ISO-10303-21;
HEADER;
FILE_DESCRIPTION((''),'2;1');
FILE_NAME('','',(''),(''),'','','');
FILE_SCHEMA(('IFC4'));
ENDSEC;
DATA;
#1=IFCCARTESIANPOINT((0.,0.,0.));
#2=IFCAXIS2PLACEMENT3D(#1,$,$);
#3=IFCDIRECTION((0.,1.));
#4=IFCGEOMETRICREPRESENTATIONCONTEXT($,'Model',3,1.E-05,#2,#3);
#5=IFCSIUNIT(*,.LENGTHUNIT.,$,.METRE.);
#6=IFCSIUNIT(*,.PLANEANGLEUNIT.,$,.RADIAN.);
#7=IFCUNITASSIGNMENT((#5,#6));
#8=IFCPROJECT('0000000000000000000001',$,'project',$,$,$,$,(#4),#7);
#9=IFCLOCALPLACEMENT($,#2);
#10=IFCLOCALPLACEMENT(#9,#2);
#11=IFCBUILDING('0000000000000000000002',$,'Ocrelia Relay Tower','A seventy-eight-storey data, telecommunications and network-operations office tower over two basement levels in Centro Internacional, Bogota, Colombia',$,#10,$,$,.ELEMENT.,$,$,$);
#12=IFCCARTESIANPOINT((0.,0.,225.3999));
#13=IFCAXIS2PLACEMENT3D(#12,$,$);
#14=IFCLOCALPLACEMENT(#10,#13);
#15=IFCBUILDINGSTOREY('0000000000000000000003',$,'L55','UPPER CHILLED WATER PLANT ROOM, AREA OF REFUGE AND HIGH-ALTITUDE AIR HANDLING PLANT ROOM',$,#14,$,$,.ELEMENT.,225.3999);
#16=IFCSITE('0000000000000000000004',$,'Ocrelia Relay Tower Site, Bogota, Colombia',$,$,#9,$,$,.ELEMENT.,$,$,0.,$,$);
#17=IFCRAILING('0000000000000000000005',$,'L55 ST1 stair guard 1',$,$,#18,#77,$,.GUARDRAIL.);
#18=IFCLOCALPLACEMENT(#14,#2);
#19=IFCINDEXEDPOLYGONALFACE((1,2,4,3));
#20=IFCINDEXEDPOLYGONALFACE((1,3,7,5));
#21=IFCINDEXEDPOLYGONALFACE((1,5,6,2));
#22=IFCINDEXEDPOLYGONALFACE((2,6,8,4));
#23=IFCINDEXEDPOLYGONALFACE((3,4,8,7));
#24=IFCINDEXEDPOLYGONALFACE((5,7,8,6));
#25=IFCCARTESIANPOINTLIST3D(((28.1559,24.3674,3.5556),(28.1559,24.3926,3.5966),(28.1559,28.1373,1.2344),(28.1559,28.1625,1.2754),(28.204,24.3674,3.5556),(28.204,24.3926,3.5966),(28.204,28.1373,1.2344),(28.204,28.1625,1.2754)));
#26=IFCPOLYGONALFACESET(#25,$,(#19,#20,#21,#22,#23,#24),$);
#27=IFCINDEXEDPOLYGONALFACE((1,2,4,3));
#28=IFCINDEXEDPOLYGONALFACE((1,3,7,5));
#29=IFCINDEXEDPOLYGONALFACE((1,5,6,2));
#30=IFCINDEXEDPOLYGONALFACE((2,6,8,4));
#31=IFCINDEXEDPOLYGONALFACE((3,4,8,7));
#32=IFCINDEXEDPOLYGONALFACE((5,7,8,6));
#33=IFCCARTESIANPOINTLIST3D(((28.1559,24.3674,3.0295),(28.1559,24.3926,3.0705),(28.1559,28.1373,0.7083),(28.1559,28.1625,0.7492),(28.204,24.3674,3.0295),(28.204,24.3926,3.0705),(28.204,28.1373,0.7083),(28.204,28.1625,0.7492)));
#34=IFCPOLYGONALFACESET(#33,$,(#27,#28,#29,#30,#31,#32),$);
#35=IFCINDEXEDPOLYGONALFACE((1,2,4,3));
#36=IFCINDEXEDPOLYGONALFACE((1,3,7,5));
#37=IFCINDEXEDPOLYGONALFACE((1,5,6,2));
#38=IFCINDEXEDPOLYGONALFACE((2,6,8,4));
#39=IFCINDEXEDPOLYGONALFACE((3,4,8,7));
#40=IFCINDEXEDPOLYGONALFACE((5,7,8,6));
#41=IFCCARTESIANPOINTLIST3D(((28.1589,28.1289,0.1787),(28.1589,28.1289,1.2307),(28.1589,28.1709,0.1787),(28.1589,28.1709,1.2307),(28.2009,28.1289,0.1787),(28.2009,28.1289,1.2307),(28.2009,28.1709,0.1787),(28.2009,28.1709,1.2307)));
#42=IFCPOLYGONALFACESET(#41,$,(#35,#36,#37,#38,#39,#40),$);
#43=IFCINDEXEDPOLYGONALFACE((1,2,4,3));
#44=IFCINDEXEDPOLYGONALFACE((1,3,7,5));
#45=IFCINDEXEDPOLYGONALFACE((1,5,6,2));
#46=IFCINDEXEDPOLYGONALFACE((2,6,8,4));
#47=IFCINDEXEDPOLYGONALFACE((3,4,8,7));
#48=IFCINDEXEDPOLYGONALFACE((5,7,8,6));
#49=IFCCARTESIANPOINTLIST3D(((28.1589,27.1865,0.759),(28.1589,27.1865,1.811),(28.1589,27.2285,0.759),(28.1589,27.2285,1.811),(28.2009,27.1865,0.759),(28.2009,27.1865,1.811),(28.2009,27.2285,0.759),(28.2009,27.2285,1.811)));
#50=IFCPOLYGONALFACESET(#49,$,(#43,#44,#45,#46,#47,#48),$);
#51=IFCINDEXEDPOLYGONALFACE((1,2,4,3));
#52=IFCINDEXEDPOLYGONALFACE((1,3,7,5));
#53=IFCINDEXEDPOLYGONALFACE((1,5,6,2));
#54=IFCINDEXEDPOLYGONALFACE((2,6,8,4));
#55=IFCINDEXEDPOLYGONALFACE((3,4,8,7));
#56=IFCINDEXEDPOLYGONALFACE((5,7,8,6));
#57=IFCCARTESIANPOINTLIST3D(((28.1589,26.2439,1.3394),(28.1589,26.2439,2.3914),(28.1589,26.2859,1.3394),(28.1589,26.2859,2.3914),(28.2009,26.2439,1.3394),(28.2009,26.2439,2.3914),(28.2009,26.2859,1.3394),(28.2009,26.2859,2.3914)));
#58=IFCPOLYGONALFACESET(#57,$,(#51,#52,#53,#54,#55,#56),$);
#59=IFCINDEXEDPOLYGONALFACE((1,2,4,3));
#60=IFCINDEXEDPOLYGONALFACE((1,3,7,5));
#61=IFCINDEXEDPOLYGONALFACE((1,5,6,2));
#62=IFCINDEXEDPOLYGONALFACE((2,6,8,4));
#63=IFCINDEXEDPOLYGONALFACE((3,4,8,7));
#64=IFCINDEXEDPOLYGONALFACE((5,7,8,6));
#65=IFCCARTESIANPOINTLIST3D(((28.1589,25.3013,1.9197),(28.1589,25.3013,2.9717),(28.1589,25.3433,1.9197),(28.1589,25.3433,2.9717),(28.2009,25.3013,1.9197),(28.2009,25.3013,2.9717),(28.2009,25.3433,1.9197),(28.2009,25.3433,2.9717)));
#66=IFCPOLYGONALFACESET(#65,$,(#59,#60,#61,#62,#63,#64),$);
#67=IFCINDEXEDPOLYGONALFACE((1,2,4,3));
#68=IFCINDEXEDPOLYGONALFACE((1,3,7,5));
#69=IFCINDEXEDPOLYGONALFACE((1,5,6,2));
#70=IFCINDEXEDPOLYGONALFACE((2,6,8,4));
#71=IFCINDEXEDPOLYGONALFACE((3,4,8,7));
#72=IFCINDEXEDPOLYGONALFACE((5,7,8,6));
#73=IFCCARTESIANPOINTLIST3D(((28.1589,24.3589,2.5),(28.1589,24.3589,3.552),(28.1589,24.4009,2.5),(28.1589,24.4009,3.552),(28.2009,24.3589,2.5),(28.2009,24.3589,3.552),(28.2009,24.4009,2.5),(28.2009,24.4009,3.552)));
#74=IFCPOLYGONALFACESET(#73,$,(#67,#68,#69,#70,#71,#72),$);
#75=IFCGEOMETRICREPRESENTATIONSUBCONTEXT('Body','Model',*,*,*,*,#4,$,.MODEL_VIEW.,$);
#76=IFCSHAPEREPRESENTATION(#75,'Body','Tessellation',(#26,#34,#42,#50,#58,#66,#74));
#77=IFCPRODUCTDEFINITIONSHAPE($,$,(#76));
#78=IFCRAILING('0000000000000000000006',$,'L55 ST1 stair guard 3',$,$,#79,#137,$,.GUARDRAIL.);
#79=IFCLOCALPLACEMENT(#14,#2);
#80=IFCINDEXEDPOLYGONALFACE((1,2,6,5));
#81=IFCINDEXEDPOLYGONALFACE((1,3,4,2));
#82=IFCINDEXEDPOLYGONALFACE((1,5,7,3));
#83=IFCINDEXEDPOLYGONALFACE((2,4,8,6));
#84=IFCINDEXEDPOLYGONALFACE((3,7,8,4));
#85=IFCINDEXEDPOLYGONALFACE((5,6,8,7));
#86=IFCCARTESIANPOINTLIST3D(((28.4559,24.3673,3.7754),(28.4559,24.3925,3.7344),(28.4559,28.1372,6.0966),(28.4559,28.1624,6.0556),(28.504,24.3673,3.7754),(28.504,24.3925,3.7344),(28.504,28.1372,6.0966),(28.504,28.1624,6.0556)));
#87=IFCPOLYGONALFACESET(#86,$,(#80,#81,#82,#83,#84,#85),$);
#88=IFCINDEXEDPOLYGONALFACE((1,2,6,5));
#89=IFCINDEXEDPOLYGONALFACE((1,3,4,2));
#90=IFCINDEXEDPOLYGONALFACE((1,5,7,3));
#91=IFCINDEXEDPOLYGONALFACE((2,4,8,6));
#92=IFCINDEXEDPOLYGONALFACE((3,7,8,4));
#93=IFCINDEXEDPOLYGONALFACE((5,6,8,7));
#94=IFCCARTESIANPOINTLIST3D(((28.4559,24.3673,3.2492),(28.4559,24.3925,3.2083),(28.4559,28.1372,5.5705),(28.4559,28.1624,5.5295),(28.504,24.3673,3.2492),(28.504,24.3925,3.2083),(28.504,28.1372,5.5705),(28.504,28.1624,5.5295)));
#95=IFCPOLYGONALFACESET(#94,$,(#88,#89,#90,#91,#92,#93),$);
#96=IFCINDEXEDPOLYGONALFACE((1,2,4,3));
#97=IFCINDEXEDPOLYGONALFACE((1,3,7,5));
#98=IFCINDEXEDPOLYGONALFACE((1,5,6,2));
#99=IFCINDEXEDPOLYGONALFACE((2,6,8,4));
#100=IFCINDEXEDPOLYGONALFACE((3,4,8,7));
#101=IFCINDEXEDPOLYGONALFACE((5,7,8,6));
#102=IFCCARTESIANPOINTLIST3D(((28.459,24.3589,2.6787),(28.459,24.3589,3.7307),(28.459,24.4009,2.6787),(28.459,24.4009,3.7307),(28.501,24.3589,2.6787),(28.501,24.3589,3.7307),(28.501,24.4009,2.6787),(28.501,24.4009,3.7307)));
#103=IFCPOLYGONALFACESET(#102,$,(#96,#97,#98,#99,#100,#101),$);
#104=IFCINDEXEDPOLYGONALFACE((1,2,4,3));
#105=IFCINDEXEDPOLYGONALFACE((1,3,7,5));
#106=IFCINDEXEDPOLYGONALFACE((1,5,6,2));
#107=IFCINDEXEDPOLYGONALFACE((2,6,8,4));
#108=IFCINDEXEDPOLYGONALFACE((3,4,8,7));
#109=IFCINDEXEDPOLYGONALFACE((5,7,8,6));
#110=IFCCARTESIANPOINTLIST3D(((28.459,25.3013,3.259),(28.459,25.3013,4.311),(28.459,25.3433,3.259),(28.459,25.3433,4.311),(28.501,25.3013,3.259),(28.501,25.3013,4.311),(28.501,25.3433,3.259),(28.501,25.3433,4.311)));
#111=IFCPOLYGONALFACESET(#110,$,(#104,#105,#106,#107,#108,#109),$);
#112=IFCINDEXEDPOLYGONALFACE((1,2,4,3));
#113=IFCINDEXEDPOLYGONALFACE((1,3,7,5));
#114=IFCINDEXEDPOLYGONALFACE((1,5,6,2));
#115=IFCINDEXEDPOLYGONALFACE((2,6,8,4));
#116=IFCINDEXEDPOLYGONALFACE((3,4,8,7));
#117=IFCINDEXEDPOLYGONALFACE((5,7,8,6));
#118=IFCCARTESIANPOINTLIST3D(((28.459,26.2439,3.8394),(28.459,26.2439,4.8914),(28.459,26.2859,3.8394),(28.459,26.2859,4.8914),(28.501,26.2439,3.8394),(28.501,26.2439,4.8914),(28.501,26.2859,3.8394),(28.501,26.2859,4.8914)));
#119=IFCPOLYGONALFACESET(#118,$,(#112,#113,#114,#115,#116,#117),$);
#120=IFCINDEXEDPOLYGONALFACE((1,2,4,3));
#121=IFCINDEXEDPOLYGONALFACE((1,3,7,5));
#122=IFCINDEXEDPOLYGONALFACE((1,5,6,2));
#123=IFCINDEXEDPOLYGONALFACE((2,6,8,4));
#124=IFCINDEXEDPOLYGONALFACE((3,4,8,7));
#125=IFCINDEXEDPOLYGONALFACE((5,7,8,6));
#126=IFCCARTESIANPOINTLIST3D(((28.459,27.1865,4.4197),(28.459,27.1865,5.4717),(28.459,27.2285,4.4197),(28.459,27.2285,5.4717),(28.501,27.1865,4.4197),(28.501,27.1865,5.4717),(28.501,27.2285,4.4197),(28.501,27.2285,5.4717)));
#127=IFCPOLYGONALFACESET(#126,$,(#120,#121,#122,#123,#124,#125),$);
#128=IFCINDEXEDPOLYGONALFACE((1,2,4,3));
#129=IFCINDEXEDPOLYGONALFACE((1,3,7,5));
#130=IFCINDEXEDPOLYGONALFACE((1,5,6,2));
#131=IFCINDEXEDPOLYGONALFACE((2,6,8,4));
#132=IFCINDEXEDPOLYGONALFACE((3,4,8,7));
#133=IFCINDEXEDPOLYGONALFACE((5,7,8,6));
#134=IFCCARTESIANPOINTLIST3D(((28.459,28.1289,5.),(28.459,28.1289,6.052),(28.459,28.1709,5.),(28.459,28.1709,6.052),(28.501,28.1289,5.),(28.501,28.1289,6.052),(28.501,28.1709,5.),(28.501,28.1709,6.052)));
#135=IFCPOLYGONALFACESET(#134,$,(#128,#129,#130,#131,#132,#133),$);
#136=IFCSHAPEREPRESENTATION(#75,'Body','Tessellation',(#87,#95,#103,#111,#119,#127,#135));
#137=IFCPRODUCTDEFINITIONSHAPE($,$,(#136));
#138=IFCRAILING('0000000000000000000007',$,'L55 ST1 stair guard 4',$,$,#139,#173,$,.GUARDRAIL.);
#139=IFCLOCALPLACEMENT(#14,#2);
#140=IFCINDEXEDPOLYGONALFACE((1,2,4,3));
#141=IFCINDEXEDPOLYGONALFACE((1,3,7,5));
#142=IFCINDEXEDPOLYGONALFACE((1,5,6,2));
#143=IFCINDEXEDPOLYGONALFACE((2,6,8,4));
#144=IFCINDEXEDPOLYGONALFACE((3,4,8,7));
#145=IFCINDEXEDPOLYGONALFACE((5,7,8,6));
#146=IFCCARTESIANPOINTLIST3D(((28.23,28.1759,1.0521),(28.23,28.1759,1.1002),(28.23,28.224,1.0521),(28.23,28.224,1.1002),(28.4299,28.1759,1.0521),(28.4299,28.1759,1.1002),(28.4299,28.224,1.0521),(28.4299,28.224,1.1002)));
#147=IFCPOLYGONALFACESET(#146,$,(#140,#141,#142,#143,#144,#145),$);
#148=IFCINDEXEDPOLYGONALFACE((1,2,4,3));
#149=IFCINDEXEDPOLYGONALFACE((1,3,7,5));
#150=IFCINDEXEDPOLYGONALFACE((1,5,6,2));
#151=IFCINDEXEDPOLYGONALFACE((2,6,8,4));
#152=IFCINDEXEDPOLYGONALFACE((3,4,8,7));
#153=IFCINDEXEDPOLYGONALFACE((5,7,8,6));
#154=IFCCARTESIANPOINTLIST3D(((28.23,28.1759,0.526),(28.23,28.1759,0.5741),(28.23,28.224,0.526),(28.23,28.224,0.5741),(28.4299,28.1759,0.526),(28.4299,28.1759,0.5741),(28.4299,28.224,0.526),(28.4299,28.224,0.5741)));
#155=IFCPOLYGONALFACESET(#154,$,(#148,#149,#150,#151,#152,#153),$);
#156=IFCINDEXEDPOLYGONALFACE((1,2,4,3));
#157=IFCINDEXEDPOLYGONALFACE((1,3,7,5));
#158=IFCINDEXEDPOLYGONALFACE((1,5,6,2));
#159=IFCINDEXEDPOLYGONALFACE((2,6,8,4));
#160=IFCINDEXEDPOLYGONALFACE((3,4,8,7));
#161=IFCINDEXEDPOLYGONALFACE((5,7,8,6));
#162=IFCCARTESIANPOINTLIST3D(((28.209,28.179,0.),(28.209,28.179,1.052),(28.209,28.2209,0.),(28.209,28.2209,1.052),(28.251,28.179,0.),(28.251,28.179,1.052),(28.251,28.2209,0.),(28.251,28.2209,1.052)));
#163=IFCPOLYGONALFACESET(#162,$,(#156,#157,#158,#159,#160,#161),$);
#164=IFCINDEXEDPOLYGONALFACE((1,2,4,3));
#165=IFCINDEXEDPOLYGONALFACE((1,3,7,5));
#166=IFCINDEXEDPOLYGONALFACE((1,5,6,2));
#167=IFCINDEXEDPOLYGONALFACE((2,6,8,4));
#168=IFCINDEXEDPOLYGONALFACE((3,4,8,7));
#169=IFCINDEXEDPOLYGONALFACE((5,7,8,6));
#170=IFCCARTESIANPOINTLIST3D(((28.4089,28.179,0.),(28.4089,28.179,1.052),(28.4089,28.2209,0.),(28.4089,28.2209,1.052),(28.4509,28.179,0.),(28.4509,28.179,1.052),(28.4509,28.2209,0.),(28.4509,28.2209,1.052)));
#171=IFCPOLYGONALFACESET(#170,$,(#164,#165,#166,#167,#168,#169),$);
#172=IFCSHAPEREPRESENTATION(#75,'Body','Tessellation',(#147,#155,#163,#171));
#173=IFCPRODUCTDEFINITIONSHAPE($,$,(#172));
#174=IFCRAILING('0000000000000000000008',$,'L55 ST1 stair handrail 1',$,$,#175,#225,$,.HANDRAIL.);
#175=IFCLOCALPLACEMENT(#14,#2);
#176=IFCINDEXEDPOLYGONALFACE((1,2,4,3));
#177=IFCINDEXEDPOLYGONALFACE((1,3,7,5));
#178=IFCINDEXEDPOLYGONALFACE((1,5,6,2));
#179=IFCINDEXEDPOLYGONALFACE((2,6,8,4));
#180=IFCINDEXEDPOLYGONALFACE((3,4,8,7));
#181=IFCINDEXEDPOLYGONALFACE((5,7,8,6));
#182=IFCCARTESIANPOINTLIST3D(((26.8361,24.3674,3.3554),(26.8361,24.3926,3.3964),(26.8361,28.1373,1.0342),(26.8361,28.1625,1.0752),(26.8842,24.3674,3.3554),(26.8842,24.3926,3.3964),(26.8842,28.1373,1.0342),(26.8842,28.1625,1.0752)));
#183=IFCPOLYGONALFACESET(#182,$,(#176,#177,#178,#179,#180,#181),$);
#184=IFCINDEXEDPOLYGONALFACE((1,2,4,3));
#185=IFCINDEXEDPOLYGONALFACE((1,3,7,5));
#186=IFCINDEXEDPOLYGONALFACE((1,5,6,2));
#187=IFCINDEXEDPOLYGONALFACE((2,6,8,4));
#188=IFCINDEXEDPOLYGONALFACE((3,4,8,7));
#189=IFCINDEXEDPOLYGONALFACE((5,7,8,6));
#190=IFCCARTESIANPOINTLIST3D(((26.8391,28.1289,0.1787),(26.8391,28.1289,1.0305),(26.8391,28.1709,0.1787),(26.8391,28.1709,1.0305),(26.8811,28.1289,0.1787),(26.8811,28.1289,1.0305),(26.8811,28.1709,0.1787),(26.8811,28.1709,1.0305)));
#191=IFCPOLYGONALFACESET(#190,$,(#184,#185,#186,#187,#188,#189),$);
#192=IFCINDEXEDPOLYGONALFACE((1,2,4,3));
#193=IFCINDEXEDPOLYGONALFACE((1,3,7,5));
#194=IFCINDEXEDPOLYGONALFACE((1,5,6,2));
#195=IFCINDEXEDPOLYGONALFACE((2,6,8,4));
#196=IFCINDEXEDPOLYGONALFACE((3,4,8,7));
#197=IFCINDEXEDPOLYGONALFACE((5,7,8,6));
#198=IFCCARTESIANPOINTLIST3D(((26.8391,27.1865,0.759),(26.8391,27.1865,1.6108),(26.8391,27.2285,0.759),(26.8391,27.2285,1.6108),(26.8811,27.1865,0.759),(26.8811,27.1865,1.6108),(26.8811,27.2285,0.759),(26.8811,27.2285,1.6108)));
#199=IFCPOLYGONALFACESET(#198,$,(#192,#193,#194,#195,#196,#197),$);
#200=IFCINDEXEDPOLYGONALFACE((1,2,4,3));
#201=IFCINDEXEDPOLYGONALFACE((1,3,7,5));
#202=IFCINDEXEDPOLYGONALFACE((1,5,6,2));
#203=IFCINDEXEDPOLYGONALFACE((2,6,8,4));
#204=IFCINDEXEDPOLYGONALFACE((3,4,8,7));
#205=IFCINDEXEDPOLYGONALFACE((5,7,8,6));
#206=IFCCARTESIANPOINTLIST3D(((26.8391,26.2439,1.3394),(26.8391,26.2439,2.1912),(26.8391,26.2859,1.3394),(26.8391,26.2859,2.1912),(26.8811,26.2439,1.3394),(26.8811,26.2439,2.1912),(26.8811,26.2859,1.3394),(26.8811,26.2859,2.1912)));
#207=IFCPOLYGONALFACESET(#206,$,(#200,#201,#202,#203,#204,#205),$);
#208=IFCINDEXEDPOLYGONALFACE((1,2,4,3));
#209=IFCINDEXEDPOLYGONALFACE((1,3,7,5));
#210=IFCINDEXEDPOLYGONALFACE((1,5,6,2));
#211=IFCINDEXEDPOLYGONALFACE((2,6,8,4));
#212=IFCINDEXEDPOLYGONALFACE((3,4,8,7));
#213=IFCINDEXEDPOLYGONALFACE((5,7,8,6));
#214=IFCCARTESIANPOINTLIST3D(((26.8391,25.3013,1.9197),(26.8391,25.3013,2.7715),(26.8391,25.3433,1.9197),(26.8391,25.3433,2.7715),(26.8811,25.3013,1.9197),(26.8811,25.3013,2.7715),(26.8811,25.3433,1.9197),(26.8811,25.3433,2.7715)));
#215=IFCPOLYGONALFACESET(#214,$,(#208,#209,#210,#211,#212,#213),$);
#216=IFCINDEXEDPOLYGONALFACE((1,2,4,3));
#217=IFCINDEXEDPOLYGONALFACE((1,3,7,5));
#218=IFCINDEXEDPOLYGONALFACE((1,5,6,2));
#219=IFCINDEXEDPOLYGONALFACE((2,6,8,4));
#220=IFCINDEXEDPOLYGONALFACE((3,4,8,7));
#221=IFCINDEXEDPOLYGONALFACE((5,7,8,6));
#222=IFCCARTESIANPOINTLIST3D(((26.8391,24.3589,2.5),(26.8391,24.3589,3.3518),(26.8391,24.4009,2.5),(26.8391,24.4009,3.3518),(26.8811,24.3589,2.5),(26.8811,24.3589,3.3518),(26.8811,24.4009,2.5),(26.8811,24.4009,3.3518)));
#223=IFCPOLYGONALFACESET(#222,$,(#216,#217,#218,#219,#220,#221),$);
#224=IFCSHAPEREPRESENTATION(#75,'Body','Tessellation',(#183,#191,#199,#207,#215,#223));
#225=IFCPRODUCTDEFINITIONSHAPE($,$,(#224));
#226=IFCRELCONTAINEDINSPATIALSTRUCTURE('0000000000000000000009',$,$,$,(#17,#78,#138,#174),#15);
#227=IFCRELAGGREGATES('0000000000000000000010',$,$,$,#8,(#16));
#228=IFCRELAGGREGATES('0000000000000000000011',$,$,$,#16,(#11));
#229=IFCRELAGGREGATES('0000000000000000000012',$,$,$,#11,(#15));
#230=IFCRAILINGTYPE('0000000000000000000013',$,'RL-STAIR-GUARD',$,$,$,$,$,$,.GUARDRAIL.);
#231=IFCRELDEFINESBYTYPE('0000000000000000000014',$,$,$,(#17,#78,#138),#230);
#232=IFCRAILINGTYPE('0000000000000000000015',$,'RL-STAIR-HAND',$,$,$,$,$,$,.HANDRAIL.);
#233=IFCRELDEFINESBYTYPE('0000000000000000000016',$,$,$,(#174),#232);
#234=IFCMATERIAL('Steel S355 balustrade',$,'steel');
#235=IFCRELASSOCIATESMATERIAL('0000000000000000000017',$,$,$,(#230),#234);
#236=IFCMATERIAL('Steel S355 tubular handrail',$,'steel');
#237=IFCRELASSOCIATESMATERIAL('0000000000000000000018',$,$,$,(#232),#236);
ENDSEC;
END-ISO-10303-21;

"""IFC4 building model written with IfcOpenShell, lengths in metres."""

from ifc_helpers import new_model, si_unit, direction, frame, origin, origin_2d, place, context, subcontext, project, spatial, rectangle, extrude, material, type_object, element, save


model = new_model("IFC4")

# Units and contexts
model_context = context("Model", 3, precision=1e-05, world=origin(), true_north=direction((0.0, 1.0)))
body_context = subcontext(model_context, "Body", "Model", "MODEL_VIEW")
ifc_project = project(units=[si_unit("LENGTHUNIT", "METRE"), si_unit("PLANEANGLEUNIT", "RADIAN")], contexts=[model_context])

# Site, building, storey
site_placement = place(None, origin())
site = spatial("IfcSite", under=ifc_project, at=site_placement, Name="Ocrelia Relay Tower Site, Bogota, Colombia", CompositionType="ELEMENT", RefElevation=0.0)
building_placement = place(site_placement, origin())
building = spatial("IfcBuilding", under=site, at=building_placement, Name="Ocrelia Relay Tower", Description="A seventy-eight-storey data, telecommunications and network-operations office tower over two basement levels in Centro Internacional, Bogota, Colombia", CompositionType="ELEMENT")
storey_placement = place(building_placement, frame((0.0, 0.0, 225.3999)))
storey = spatial("IfcBuildingStorey", under=building, at=storey_placement, Name="L55", Description="UPPER CHILLED WATER PLANT ROOM, AREA OF REFUGE AND HIGH-ALTITUDE AIR HANDLING PLANT ROOM", CompositionType="ELEMENT", Elevation=225.3999)

# Railings
ifc_material_1 = material(Name="Steel S355 balustrade", Category="steel")
railing_type_1 = type_object("IfcRailingType", Name="RL-STAIR-GUARD", PredefinedType="GUARDRAIL", material=ifc_material_1)
railing_1_placement = place(storey_placement, frame((28.1799, 28.1499, 0.1787)))
element("IfcRailing", 1, at=railing_1_placement, inside=storey, type_object=railing_type_1, Name="L55 ST1 stair guard 1", PredefinedType="GUARDRAIL", context=body_context, shape_type="SweptSolid", body=[
    extrude(rectangle(XDim=0.0481, YDim=0.0481, at=origin_2d()), frame((0.0, 0.0, 1.0762), z_axis=(0.0, -0.85153, 0.524307), x_axis=(1.0, 0.0, 0.0)), (0.0, 0.0, 1.0), 4.4272),
    extrude(rectangle(XDim=0.0481, YDim=0.0481, at=origin_2d()), frame((0.0, 0.0, 0.55), z_axis=(0.0, -0.85153, 0.524307), x_axis=(1.0, 0.0, 0.0)), (0.0, 0.0, 1.0), 4.4272),
    extrude(rectangle(XDim=0.042, YDim=0.042, at=origin_2d()), origin(), (0.0, 0.0, 1.0), 1.052),
    extrude(rectangle(XDim=0.042, YDim=0.042, at=origin_2d()), frame((0.0, -0.9424, 0.5803)), (0.0, 0.0, 1.0), 1.052),
    extrude(rectangle(XDim=0.042, YDim=0.042, at=origin_2d()), frame((0.0, -1.885, 1.1606)), (0.0, 0.0, 1.0), 1.052),
    extrude(rectangle(XDim=0.042, YDim=0.042, at=origin_2d()), frame((0.0, -2.8276, 1.741)), (0.0, 0.0, 1.0), 1.052),
    extrude(rectangle(XDim=0.042, YDim=0.042, at=origin_2d()), frame((0.0, -3.77, 2.3213)), (0.0, 0.0, 1.0), 1.052),
])
railing_2_placement = place(storey_placement, frame((28.48, 24.3799, 2.6787)))
element("IfcRailing", 2, at=railing_2_placement, inside=storey, type_object=railing_type_1, Name="L55 ST1 stair guard 3", PredefinedType="GUARDRAIL", context=body_context, shape_type="SweptSolid", body=[
    extrude(rectangle(XDim=0.0481, YDim=0.0481, at=origin_2d()), frame((0.0, 0.0, 1.0762), z_axis=(0.0, 0.85153, 0.524307), x_axis=(-1.0, 0.0, 0.0)), (0.0, 0.0, 1.0), 4.4272),
    extrude(rectangle(XDim=0.0481, YDim=0.0481, at=origin_2d()), frame((0.0, 0.0, 0.55), z_axis=(0.0, 0.85153, 0.524307), x_axis=(-1.0, 0.0, 0.0)), (0.0, 0.0, 1.0), 4.4272),
    extrude(rectangle(XDim=0.042, YDim=0.042, at=origin_2d()), origin(), (0.0, 0.0, 1.0), 1.052),
    extrude(rectangle(XDim=0.042, YDim=0.042, at=origin_2d()), frame((0.0, 0.9424, 0.5803)), (0.0, 0.0, 1.0), 1.052),
    extrude(rectangle(XDim=0.042, YDim=0.042, at=origin_2d()), frame((0.0, 1.885, 1.1606)), (0.0, 0.0, 1.0), 1.052),
    extrude(rectangle(XDim=0.042, YDim=0.042, at=origin_2d()), frame((0.0, 2.8276, 1.741)), (0.0, 0.0, 1.0), 1.052),
    extrude(rectangle(XDim=0.042, YDim=0.042, at=origin_2d()), frame((0.0, 3.77, 2.3213)), (0.0, 0.0, 1.0), 1.052),
])
railing_3_placement = place(storey_placement, frame((28.23, 28.2, 0.0)))
element("IfcRailing", 3, at=railing_3_placement, inside=storey, type_object=railing_type_1, Name="L55 ST1 stair guard 4", PredefinedType="GUARDRAIL", context=body_context, shape_type="SweptSolid", body=[
    extrude(rectangle(XDim=0.0481, YDim=0.0481, at=origin_2d()), frame((0.0, 0.0, 1.0762), z_axis=(1.0, 0.0, 0.0), x_axis=(0.0, 1.0, 0.0)), (0.0, 0.0, 1.0), 0.2),
    extrude(rectangle(XDim=0.0481, YDim=0.0481, at=origin_2d()), frame((0.0, 0.0, 0.55), z_axis=(1.0, 0.0, 0.0), x_axis=(0.0, 1.0, 0.0)), (0.0, 0.0, 1.0), 0.2),
    extrude(rectangle(XDim=0.042, YDim=0.042, at=origin_2d()), origin(), (0.0, 0.0, 1.0), 1.052),
    extrude(rectangle(XDim=0.042, YDim=0.042, at=origin_2d()), frame((0.2, 0.0, 0.0)), (0.0, 0.0, 1.0), 1.052),
])
ifc_material_2 = material(Name="Steel S355 tubular handrail", Category="steel")
railing_type_2 = type_object("IfcRailingType", Name="RL-STAIR-HAND", PredefinedType="HANDRAIL", material=ifc_material_2)
railing_4_placement = place(storey_placement, frame((26.8601, 28.1499, 0.1787)))
element("IfcRailing", 4, at=railing_4_placement, inside=storey, type_object=railing_type_2, Name="L55 ST1 stair handrail 1", PredefinedType="HANDRAIL", context=body_context, shape_type="SweptSolid", body=[
    extrude(rectangle(XDim=0.0481, YDim=0.0481, at=origin_2d()), frame((0.0, 0.0, 0.876), z_axis=(0.0, -0.85153, 0.524307), x_axis=(1.0, 0.0, 0.0)), (0.0, 0.0, 1.0), 4.4272),
    extrude(rectangle(XDim=0.042, YDim=0.042, at=origin_2d()), origin(), (0.0, 0.0, 1.0), 0.8518),
    extrude(rectangle(XDim=0.042, YDim=0.042, at=origin_2d()), frame((0.0, -0.9424, 0.5803)), (0.0, 0.0, 1.0), 0.8518),
    extrude(rectangle(XDim=0.042, YDim=0.042, at=origin_2d()), frame((0.0, -1.885, 1.1606)), (0.0, 0.0, 1.0), 0.8518),
    extrude(rectangle(XDim=0.042, YDim=0.042, at=origin_2d()), frame((0.0, -2.8276, 1.741)), (0.0, 0.0, 1.0), 0.8518),
    extrude(rectangle(XDim=0.042, YDim=0.042, at=origin_2d()), frame((0.0, -3.77, 2.3213)), (0.0, 0.0, 1.0), 0.8518),
])

save(model, "model.ifc")
